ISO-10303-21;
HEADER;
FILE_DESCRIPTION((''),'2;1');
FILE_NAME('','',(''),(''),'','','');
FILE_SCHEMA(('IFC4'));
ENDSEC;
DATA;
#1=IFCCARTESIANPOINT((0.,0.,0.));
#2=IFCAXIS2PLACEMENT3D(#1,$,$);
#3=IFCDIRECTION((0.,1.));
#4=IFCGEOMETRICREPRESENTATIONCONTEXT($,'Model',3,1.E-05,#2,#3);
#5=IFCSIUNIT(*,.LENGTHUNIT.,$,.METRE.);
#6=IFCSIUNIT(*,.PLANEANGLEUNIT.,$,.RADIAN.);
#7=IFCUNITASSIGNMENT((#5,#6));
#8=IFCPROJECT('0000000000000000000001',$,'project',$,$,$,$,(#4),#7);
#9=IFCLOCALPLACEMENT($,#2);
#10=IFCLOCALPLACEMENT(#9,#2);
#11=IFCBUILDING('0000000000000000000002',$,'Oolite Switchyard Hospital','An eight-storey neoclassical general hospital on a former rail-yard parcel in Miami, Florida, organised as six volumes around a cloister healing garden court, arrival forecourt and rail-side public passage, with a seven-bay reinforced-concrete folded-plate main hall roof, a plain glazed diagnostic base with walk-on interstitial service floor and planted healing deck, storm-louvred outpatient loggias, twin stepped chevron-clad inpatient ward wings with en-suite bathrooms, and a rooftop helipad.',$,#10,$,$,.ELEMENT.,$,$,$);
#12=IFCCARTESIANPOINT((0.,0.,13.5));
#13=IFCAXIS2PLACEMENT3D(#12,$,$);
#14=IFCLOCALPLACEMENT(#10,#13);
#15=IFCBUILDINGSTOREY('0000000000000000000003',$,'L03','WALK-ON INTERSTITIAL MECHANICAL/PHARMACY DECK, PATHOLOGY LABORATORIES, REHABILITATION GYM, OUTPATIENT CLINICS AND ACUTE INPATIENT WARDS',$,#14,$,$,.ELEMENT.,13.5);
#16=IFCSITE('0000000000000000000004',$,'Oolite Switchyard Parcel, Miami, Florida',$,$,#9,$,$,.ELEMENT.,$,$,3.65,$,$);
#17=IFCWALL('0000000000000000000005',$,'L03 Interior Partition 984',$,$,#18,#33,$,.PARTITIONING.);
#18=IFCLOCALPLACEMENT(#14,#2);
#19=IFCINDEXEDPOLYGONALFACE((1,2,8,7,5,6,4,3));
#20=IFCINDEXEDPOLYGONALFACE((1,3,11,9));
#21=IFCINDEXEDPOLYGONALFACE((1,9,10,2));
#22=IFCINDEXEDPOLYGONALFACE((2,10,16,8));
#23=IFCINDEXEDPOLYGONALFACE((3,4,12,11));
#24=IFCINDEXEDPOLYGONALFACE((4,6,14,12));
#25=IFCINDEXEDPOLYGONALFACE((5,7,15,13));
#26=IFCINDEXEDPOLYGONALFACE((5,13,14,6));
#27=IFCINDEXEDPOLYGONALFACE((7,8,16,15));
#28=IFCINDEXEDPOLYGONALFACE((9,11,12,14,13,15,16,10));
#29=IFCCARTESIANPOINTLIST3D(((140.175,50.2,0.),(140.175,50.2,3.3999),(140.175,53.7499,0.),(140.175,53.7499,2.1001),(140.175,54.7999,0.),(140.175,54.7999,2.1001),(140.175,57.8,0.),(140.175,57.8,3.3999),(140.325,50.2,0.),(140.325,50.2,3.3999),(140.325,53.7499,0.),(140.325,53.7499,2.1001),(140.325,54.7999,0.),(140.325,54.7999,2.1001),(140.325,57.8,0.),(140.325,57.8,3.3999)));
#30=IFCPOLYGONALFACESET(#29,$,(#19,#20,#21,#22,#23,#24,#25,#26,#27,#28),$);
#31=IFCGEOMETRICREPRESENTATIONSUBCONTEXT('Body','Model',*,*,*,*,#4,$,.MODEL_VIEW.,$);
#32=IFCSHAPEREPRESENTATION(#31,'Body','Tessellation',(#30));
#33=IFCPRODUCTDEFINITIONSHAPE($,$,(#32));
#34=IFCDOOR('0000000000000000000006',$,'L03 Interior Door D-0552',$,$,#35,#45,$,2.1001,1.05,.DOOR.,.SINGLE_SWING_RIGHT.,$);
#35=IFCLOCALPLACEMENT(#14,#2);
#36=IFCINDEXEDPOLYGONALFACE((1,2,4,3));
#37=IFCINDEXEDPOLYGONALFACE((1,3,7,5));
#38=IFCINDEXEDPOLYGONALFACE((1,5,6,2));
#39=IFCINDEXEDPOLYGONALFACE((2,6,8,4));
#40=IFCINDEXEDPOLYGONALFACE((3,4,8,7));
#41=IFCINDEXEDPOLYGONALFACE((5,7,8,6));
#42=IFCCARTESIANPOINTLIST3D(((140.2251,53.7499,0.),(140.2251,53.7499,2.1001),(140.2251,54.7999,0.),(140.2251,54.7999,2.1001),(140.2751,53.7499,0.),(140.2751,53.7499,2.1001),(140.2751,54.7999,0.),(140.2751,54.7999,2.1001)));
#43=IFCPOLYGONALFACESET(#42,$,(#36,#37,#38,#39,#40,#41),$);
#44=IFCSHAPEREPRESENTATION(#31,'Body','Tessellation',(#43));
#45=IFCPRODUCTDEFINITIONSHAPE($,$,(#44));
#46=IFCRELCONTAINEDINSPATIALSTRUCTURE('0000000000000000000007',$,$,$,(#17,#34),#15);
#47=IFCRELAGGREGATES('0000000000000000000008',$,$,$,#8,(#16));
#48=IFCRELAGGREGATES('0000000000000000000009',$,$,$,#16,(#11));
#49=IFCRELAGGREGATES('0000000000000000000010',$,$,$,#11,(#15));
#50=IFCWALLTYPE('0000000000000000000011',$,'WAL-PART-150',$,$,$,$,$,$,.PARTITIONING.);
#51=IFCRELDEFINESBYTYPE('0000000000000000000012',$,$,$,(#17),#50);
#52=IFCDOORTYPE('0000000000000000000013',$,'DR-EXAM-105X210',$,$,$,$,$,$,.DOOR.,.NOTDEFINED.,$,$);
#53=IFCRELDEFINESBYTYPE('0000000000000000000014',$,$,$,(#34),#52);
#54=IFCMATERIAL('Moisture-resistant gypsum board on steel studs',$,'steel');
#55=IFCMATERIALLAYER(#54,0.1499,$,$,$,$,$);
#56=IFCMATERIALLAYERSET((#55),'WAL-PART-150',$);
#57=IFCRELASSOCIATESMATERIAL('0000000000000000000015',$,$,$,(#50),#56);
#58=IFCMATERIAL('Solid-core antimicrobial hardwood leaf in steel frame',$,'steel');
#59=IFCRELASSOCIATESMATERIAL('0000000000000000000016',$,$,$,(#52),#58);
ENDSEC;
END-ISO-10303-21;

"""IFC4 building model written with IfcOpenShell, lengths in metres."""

from ifc_helpers import new_model, si_unit, direction, frame, frame_2d, origin, place, context, subcontext, project, spatial, rectangle, extrude, material, layer, layer_set, type_object, element, fill, save


model = new_model("IFC4")

# Units and contexts
model_context = context("Model", 3, precision=1e-05, world=origin(), true_north=direction((0.0, 1.0)))
body_context = subcontext(model_context, "Body", "Model", "MODEL_VIEW")
ifc_project = project(units=[si_unit("LENGTHUNIT", "METRE"), si_unit("PLANEANGLEUNIT", "RADIAN")], contexts=[model_context])

# Site, building, storey
site_placement = place(None, origin())
site = spatial("IfcSite", under=ifc_project, at=site_placement, Name="Oolite Switchyard Parcel, Miami, Florida", CompositionType="ELEMENT", RefElevation=3.65)
building_placement = place(site_placement, origin())
building = spatial("IfcBuilding", under=site, at=building_placement, Name="Oolite Switchyard Hospital", Description="An eight-storey neoclassical general hospital on a former rail-yard parcel in Miami, Florida, organised as six volumes around a cloister healing garden court, arrival forecourt and rail-side public passage, with a seven-bay reinforced-concrete folded-plate main hall roof, a plain glazed diagnostic base with walk-on interstitial service floor and planted healing deck, storm-louvred outpatient loggias, twin stepped chevron-clad inpatient ward wings with en-suite bathrooms, and a rooftop helipad.", CompositionType="ELEMENT")
storey_placement = place(building_placement, frame((0.0, 0.0, 13.5)))
storey = spatial("IfcBuildingStorey", under=building, at=storey_placement, Name="L03", Description="WALK-ON INTERSTITIAL MECHANICAL/PHARMACY DECK, PATHOLOGY LABORATORIES, REHABILITATION GYM, OUTPATIENT CLINICS AND ACUTE INPATIENT WARDS", CompositionType="ELEMENT", Elevation=13.5)

# Wall, opening, door
ifc_material_1 = material(Name="Moisture-resistant gypsum board on steel studs", Category="steel")
ifc_layer_1 = layer(ifc_material_1, 0.1499)
ifc_layer_set_1 = layer_set([ifc_layer_1], Name="WAL-PART-150")
wall_type = type_object("IfcWallType", Name="WAL-PART-150", PredefinedType="PARTITIONING", material=ifc_layer_set_1)
wall_placement = place(storey_placement, frame((140.25, 50.2, 0.0), z_axis=(0.0, 0.0, 1.0), x_axis=(0.0, 1.0, 0.0)))
wall = element("IfcWall", 1, at=wall_placement, inside=storey, type_object=wall_type, Name="L03 Interior Partition 984", PredefinedType="PARTITIONING", context=body_context, shape_type="SweptSolid", body=[
    extrude(rectangle(XDim=7.6001, YDim=0.1499, at=frame_2d((3.8, 0.0))), origin(), (0.0, 0.0, 1.0), 3.3999),
])
opening_placement = place(wall_placement, frame((3.55, 0.0, 0.0)))
opening = element("IfcOpeningElement", 2, at=opening_placement, cuts=wall, PredefinedType="OPENING", context=body_context, shape_type="SweptSolid", body=[
    extrude(rectangle(XDim=1.05, YDim=2.1001, at=frame_2d((0.5249, 1.05))), frame((0.0, 0.085, 0.0), z_axis=(0.0, -1.0, 0.0), x_axis=(1.0, 0.0, 0.0)), (0.0, 0.0, 1.0), 0.1699),
])
ifc_material_2 = material(Name="Solid-core antimicrobial hardwood leaf in steel frame", Category="steel")
door_type = type_object("IfcDoorType", Name="DR-EXAM-105X210", OperationType="NOTDEFINED", PredefinedType="DOOR", material=ifc_material_2)
door_placement = place(opening_placement, origin())
door = element("IfcDoor", 3, at=door_placement, inside=storey, type_object=door_type, Name="L03 Interior Door D-0552", OperationType="SINGLE_SWING_RIGHT", OverallHeight=2.1001, OverallWidth=1.05, PredefinedType="DOOR", context=body_context, shape_type="SweptSolid", body=[
    extrude(rectangle(XDim=1.05, YDim=2.1001, at=frame_2d((0.5249, 1.05))), frame((0.0, 0.0249, 0.0), z_axis=(0.0, -1.0, 0.0), x_axis=(1.0, 0.0, 0.0)), (0.0, 0.0, 1.0), 0.05),
])
fill(opening, door)

save(model, "model.ifc")
